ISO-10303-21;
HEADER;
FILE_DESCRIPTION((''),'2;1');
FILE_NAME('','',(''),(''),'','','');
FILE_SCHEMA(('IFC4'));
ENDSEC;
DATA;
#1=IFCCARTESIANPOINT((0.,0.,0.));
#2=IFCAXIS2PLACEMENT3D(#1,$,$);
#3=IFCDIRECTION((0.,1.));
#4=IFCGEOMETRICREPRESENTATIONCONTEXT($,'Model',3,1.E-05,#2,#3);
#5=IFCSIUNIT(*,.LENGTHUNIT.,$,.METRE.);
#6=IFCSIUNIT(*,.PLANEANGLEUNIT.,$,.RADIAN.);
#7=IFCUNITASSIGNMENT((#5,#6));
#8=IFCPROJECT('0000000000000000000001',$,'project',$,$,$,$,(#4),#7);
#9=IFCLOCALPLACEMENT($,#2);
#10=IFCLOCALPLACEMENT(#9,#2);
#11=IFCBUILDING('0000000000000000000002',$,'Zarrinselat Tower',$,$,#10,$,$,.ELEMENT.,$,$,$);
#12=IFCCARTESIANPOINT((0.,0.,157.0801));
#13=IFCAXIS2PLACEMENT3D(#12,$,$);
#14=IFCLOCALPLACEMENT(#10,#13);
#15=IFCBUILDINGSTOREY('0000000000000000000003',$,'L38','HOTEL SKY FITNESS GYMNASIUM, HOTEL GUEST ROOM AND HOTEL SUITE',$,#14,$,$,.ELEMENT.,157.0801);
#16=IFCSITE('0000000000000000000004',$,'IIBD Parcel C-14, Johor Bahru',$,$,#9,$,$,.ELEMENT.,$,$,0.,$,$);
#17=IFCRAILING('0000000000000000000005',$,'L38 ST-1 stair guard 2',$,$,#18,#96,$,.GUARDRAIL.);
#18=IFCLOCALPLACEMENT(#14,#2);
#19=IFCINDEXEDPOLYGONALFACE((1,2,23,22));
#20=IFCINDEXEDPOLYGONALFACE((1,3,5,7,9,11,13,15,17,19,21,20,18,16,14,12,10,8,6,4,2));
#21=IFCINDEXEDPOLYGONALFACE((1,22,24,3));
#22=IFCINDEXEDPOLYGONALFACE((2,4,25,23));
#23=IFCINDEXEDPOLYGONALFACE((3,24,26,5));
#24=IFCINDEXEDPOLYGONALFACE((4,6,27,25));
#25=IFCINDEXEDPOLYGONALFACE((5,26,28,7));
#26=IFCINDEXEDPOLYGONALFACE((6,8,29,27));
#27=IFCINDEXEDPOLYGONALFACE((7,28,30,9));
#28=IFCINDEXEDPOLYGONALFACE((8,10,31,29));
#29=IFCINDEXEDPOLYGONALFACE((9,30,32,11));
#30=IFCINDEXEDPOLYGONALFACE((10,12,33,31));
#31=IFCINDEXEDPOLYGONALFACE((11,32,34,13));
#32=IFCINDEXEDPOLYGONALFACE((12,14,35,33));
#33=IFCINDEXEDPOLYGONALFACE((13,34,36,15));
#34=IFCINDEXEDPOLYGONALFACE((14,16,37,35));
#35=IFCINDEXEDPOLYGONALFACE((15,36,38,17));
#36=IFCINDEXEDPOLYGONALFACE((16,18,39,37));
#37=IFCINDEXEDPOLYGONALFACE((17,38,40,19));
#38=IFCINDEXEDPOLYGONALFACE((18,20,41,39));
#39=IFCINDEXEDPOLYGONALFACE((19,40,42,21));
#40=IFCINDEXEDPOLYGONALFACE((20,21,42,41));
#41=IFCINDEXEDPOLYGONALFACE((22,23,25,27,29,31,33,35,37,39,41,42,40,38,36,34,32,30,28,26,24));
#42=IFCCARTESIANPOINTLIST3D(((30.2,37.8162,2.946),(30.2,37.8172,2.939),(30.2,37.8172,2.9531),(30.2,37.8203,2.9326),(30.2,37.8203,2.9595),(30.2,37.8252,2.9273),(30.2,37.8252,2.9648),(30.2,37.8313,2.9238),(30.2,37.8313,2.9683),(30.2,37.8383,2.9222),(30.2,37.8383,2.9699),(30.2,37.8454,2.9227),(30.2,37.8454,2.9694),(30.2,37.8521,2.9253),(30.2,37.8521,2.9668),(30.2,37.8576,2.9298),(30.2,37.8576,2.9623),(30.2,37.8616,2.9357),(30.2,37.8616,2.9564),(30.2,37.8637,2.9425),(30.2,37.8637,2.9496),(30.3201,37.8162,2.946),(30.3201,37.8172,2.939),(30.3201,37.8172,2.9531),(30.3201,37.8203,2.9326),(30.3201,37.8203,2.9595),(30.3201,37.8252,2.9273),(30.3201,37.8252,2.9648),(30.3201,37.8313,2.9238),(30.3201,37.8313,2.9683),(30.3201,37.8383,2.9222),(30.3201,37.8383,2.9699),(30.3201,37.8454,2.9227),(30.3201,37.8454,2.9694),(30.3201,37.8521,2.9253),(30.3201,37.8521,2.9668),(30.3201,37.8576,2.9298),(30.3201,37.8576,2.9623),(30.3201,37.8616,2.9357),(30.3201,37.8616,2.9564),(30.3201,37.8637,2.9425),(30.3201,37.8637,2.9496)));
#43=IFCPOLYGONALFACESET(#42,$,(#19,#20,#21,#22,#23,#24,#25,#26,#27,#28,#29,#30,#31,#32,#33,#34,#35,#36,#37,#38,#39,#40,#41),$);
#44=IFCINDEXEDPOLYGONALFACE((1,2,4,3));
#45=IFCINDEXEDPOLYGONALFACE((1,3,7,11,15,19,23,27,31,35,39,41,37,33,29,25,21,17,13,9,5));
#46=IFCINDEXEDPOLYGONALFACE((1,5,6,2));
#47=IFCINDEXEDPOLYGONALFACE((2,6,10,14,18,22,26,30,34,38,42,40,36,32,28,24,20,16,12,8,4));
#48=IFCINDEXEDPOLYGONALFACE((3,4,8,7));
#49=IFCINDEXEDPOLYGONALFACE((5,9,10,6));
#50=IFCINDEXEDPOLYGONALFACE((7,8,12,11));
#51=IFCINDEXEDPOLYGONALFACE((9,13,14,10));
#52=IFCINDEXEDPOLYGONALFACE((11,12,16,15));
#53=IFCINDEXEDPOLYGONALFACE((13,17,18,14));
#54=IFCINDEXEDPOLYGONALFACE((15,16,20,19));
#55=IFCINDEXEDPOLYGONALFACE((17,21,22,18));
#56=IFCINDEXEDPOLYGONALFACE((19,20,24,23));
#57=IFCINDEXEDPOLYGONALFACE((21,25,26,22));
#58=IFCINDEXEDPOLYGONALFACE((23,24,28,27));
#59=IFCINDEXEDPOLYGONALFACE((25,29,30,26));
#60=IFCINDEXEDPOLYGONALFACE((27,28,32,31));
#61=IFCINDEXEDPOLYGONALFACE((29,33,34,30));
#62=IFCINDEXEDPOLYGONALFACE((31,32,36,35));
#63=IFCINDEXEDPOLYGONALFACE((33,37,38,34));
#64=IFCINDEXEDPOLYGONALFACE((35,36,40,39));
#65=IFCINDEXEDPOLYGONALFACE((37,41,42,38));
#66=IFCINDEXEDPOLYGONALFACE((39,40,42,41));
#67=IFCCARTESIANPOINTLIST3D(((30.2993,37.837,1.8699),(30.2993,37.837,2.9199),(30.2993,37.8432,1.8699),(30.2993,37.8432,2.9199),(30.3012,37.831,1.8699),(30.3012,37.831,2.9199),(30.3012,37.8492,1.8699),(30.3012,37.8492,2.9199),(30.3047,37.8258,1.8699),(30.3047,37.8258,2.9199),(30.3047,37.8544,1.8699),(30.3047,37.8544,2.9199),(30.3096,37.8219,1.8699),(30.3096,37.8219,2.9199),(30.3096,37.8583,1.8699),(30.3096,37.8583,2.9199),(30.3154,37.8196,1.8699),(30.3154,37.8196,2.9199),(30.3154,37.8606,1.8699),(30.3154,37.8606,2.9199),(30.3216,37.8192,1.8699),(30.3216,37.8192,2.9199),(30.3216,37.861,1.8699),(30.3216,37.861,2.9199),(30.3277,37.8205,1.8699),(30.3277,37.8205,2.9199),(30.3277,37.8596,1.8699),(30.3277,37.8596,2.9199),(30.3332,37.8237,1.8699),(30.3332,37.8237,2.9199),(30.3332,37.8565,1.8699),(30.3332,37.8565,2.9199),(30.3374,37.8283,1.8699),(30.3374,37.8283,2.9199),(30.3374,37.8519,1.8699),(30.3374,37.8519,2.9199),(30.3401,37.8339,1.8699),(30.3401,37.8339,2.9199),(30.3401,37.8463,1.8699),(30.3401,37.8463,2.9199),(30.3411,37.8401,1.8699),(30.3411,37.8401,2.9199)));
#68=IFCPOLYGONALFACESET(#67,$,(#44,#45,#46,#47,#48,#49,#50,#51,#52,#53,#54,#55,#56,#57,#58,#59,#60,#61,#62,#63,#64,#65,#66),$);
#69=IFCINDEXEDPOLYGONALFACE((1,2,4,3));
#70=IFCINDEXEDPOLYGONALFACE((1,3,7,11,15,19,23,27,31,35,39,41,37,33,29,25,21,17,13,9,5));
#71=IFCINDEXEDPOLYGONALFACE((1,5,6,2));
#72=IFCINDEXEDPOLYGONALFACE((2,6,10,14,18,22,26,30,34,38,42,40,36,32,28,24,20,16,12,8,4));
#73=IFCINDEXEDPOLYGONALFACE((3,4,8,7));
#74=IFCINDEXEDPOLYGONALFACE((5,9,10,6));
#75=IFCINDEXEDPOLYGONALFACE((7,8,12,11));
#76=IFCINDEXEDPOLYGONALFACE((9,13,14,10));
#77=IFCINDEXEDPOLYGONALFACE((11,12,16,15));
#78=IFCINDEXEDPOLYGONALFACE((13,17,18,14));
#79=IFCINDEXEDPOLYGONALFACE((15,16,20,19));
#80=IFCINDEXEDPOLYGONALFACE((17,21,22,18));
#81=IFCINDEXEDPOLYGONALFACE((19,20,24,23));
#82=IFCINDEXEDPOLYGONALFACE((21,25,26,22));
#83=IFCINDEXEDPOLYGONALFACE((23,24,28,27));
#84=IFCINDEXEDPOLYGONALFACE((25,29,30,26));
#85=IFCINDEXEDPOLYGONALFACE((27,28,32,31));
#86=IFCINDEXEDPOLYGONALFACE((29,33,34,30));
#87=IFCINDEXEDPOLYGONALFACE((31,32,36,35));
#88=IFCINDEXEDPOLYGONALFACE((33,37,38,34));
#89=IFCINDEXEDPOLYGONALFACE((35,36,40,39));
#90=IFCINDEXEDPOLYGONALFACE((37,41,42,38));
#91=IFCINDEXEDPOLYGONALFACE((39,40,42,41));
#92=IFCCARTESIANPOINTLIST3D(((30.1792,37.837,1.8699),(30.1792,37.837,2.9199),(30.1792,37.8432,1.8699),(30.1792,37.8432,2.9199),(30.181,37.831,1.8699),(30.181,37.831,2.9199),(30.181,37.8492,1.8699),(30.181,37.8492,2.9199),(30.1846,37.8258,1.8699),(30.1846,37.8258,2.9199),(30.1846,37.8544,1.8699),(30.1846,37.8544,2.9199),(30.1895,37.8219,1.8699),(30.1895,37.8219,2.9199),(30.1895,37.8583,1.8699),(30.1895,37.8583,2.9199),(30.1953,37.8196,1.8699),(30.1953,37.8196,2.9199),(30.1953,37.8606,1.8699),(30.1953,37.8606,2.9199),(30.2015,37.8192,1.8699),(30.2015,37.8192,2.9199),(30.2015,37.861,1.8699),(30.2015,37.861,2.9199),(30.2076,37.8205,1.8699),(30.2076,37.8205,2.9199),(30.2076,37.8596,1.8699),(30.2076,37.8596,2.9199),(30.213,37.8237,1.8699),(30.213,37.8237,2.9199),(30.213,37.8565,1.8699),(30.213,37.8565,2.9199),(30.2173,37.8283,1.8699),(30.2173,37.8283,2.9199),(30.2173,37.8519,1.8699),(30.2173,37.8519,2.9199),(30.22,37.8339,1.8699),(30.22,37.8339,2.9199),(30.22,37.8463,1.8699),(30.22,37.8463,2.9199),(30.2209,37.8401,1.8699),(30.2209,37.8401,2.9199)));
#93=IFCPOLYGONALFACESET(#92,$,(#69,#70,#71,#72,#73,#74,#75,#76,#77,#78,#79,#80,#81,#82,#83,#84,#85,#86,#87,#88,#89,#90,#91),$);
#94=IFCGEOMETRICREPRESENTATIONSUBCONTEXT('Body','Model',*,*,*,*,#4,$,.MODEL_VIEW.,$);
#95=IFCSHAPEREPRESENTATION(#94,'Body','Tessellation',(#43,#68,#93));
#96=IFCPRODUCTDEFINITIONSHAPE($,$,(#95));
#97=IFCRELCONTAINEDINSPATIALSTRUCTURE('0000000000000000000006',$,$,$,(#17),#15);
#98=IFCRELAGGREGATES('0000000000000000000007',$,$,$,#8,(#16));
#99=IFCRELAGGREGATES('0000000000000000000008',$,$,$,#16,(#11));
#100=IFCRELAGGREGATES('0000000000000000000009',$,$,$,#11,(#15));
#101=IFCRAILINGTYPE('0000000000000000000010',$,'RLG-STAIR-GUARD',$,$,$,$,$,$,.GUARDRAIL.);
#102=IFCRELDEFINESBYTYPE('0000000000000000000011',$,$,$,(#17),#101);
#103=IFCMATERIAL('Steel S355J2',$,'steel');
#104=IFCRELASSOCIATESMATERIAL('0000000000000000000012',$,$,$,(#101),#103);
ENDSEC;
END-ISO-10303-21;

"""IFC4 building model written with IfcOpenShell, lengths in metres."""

from ifc_helpers import new_model, si_unit, direction, frame, origin, origin_2d, place, context, subcontext, project, spatial, circle, extrude, material, type_object, element, save


model = new_model("IFC4")

# Units and contexts
model_context = context("Model", 3, precision=1e-05, world=origin(), true_north=direction((0.0, 1.0)))
body_context = subcontext(model_context, "Body", "Model", "MODEL_VIEW")
ifc_project = project(units=[si_unit("LENGTHUNIT", "METRE"), si_unit("PLANEANGLEUNIT", "RADIAN")], contexts=[model_context])

# Site, building, storey
site_placement = place(None, origin())
site = spatial("IfcSite", under=ifc_project, at=site_placement, Name="IIBD Parcel C-14, Johor Bahru", CompositionType="ELEMENT", RefElevation=0.0)
building_placement = place(site_placement, origin())
building = spatial("IfcBuilding", under=site, at=building_placement, Name="Zarrinselat Tower", CompositionType="ELEMENT")
storey_placement = place(building_placement, frame((0.0, 0.0, 157.0801)))
storey = spatial("IfcBuildingStorey", under=building, at=storey_placement, Name="L38", Description="HOTEL SKY FITNESS GYMNASIUM, HOTEL GUEST ROOM AND HOTEL SUITE", CompositionType="ELEMENT", Elevation=157.0801)

# Railing
ifc_material_1 = material(Name="Steel S355J2", Category="steel")
railing_type_1 = type_object("IfcRailingType", Name="RLG-STAIR-GUARD", PredefinedType="GUARDRAIL", material=ifc_material_1)
railing_1_placement = place(storey_placement, frame((30.3201, 37.8401, 1.8699)))
element("IfcRailing", 1, at=railing_1_placement, inside=storey, type_object=railing_type_1, Name="L38 ST-1 stair guard 2", PredefinedType="GUARDRAIL", context=body_context, shape_type="SweptSolid", body=[
    extrude(circle(Radius=0.0239, at=origin_2d()), frame((0.0, 0.0, 1.0762), z_axis=(-1.0, 0.0, 0.0), x_axis=(0.0, -1.0, 0.0)), (0.0, 0.0, 1.0), 0.1201),
    extrude(circle(Radius=0.021, at=origin_2d()), origin(), (0.0, 0.0, 1.0), 1.05),
    extrude(circle(Radius=0.021, at=origin_2d()), frame((-0.1201, 0.0, 0.0)), (0.0, 0.0, 1.0), 1.05),
])

save(model, "model.ifc")
